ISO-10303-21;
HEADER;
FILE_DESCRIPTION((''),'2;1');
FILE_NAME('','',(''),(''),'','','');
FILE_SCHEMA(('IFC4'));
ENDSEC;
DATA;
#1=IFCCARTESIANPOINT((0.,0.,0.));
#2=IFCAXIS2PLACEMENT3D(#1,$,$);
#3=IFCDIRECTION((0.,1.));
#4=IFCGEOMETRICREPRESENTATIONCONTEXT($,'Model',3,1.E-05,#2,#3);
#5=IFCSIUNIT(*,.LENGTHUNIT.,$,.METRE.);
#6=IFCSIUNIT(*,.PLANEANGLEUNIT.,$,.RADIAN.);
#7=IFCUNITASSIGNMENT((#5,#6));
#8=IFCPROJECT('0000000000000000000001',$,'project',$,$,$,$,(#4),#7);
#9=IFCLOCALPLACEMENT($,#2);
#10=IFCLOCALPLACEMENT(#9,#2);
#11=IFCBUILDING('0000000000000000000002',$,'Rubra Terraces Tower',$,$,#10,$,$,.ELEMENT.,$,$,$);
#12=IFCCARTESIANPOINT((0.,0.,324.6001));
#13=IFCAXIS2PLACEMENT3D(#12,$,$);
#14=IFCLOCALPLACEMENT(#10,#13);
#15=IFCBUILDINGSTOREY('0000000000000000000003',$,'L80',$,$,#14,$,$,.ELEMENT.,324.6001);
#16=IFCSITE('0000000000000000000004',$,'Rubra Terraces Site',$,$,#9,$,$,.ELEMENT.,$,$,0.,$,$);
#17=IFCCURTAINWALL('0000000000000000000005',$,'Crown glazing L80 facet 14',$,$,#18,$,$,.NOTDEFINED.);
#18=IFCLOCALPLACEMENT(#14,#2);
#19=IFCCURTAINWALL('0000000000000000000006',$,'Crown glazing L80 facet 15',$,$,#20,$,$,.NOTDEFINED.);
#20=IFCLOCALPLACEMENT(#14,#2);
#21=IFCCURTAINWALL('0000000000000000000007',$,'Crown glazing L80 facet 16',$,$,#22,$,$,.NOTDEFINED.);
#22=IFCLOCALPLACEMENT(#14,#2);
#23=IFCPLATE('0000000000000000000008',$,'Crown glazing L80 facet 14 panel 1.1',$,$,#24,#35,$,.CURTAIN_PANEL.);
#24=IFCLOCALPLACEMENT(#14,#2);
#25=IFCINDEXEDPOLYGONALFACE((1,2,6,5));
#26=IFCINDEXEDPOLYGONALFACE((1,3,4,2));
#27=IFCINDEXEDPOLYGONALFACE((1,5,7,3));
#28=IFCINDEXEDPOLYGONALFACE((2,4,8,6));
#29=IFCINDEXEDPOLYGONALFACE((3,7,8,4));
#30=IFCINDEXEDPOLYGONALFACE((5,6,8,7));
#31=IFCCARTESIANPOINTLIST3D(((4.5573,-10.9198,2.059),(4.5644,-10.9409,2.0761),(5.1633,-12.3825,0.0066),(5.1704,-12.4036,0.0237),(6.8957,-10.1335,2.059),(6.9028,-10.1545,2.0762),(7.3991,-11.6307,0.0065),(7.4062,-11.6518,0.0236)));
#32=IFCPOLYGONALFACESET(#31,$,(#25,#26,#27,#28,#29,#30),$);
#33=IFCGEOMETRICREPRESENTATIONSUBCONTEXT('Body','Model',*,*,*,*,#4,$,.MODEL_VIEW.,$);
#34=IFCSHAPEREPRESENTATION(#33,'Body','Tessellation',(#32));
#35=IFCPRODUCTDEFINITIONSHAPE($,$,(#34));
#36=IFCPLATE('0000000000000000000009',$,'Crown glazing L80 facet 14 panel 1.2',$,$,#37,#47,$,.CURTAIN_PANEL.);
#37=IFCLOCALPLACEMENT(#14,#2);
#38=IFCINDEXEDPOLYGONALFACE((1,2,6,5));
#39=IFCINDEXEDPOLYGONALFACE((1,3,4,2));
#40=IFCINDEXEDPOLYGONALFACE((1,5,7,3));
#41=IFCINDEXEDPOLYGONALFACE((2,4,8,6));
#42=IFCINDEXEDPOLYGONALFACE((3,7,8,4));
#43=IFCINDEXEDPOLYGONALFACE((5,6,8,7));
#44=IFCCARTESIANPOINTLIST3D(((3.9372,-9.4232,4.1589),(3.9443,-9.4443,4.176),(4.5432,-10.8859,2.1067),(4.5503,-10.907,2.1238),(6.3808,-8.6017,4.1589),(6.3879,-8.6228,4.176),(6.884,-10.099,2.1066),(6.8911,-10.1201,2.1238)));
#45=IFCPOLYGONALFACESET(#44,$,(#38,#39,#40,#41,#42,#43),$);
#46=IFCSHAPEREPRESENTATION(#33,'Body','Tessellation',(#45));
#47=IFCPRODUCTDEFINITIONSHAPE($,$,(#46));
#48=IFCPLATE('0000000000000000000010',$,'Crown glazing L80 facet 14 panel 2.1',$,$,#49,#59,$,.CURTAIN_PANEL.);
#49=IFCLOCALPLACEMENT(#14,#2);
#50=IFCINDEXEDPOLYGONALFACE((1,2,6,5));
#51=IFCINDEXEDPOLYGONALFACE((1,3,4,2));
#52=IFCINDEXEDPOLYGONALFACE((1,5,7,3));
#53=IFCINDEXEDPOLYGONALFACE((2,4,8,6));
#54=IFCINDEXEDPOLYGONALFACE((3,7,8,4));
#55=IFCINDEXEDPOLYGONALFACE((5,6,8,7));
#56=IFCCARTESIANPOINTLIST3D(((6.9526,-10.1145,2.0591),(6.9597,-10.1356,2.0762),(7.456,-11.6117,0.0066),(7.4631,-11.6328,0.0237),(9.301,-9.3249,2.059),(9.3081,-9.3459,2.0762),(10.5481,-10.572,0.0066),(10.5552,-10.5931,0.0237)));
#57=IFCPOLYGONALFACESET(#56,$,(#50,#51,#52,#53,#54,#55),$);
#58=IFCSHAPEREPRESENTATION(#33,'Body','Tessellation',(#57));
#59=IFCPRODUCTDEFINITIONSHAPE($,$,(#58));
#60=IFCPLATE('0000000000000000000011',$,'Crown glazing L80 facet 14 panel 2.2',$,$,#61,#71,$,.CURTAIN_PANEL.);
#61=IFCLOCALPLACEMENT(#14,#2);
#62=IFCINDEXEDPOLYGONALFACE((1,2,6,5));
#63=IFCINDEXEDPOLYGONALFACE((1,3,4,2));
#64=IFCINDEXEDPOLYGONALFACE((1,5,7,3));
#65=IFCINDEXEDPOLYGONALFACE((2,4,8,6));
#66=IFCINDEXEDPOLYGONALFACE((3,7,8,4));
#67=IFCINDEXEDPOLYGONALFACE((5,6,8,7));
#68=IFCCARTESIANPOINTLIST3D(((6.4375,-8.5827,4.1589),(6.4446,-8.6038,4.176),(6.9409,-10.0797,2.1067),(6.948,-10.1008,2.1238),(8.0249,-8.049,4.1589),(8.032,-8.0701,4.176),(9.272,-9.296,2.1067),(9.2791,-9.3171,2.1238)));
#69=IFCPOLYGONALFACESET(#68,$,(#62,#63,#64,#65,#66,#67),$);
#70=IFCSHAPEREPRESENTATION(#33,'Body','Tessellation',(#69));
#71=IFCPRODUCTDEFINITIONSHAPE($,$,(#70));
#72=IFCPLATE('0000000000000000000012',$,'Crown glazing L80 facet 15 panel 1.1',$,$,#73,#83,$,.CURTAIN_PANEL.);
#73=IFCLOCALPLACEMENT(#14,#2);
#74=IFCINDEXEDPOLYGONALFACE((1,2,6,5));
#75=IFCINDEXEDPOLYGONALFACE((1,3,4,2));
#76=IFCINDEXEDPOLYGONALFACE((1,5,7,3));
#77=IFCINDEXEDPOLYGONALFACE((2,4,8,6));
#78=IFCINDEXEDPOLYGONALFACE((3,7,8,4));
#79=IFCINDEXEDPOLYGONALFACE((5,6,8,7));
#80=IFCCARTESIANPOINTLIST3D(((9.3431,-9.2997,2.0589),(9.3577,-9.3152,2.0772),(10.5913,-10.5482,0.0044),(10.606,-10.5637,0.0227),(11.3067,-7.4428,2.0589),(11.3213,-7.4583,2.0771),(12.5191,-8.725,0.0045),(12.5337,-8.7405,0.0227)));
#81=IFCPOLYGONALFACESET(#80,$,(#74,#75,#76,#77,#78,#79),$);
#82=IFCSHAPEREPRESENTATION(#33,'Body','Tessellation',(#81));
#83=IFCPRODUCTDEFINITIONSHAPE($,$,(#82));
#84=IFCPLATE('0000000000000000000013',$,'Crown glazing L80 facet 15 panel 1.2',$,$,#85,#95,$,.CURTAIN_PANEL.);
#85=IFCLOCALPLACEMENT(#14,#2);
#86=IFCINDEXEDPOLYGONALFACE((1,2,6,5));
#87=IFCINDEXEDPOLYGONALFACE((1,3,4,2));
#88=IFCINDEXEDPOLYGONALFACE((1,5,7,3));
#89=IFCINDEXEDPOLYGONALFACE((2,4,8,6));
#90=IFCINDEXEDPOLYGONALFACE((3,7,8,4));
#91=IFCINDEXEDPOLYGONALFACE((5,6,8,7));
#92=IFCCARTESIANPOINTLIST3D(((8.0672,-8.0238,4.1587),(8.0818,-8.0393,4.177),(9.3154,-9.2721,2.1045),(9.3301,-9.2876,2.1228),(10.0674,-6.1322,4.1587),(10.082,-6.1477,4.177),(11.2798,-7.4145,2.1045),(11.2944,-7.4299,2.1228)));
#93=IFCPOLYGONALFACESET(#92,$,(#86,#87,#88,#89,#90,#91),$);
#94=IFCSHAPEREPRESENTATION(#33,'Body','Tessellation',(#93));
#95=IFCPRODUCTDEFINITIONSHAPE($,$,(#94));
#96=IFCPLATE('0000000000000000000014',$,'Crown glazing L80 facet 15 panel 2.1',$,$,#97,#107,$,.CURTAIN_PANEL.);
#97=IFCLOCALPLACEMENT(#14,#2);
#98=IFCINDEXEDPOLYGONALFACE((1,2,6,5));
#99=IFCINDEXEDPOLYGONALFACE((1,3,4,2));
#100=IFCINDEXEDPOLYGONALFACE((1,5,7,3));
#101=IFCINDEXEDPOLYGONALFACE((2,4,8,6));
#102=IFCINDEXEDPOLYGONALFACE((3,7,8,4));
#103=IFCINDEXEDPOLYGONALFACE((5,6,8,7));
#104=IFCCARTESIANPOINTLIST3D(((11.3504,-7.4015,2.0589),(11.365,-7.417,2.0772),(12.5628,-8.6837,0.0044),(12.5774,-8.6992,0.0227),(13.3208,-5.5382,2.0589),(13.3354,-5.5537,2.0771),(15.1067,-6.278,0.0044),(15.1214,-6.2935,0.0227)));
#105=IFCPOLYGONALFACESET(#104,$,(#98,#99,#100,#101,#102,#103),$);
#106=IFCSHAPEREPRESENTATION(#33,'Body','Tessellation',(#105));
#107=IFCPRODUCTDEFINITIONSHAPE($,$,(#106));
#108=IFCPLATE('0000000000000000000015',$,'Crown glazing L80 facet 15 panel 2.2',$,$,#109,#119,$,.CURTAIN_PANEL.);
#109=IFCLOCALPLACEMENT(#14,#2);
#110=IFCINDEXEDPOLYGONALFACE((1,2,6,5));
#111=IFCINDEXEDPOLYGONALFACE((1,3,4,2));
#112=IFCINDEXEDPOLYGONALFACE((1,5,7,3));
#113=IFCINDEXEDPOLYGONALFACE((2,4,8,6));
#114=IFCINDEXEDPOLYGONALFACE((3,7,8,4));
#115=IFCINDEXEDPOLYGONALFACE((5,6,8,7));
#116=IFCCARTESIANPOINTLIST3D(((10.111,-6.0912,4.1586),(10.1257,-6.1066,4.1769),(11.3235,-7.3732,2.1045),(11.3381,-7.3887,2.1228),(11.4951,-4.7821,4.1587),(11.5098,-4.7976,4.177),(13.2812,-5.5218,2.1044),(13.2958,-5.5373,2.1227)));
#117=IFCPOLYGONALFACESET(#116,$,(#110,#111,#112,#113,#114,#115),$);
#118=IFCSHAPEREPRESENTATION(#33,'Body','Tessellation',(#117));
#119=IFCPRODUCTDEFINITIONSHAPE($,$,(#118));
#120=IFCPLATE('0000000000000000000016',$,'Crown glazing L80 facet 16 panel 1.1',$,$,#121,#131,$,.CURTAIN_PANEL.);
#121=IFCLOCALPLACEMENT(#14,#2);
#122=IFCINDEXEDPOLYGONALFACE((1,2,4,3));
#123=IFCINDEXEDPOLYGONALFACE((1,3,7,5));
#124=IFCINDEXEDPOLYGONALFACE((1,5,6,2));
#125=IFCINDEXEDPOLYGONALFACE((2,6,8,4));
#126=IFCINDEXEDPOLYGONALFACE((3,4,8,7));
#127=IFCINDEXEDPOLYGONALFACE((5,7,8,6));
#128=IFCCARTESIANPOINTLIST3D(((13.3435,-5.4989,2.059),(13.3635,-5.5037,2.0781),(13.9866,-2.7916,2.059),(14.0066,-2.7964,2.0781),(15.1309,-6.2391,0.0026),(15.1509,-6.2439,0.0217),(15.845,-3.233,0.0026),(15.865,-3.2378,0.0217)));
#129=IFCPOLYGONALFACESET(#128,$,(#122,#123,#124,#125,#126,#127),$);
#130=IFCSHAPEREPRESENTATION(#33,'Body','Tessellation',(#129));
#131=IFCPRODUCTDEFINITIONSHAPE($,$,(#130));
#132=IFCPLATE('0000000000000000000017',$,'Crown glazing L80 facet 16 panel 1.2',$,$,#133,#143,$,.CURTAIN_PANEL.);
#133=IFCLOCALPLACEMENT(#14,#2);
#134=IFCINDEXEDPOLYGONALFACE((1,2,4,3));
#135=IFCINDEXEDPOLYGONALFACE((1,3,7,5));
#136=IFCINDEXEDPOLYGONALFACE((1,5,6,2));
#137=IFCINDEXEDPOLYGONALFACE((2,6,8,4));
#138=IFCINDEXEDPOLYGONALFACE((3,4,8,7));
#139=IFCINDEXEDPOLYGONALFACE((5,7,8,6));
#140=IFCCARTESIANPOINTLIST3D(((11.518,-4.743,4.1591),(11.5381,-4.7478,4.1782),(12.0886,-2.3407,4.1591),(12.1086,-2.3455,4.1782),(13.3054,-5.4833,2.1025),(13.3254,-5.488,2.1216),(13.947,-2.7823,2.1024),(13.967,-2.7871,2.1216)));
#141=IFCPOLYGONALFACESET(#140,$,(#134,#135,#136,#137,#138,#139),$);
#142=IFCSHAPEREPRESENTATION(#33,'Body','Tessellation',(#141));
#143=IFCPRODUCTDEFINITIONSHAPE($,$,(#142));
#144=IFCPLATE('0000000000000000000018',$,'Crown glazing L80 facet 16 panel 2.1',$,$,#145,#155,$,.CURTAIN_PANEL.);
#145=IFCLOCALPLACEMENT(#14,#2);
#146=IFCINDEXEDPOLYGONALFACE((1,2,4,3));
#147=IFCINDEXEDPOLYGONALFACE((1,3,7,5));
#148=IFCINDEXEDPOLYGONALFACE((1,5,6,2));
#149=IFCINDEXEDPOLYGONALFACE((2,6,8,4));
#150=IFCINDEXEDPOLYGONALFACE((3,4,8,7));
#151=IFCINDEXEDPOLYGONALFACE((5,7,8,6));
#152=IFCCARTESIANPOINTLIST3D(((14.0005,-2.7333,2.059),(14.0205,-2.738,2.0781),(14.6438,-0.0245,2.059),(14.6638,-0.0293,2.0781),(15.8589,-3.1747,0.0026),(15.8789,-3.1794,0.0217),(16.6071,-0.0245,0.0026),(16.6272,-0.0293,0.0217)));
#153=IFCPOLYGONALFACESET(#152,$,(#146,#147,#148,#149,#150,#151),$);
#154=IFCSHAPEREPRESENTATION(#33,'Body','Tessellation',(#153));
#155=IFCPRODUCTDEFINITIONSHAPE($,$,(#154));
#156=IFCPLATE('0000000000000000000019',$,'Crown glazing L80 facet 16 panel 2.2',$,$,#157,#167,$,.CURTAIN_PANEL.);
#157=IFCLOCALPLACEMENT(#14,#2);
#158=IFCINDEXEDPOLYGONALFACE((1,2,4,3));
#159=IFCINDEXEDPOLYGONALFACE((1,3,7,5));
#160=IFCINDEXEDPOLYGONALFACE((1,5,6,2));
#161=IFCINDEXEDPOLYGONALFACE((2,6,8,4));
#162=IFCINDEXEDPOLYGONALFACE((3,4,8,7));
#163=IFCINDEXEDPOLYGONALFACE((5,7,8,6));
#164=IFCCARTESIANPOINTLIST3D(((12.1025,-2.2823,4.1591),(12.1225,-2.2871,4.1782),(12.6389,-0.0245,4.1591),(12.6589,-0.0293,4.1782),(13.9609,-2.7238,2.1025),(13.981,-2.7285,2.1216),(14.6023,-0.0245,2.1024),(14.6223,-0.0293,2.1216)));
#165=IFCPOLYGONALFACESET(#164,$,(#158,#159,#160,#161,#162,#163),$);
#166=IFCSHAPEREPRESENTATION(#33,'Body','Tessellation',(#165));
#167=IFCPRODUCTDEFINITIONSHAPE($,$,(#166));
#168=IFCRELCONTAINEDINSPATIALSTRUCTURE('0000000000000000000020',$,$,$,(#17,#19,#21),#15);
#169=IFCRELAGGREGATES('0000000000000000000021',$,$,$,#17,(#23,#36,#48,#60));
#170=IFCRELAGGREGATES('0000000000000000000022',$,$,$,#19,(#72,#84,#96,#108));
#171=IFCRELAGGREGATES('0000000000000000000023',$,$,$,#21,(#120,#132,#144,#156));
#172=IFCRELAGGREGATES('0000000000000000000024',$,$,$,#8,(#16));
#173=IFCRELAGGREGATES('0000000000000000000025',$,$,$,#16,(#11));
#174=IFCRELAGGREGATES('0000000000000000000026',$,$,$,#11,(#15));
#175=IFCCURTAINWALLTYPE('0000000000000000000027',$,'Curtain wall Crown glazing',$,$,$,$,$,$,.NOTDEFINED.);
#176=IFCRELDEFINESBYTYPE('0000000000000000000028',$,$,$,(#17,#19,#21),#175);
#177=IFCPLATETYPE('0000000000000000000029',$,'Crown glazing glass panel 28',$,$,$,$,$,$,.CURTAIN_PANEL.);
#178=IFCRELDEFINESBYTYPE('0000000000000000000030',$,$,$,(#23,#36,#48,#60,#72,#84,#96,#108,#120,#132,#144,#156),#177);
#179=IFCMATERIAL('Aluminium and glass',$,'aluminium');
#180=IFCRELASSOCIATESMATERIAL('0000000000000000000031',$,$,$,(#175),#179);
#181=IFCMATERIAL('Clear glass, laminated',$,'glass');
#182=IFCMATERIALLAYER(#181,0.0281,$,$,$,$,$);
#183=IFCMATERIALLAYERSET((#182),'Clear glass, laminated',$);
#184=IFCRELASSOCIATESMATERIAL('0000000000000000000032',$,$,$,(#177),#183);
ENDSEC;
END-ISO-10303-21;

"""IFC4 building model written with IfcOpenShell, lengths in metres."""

from ifc_helpers import new_model, si_unit, direction, frame, origin, place, context, subcontext, project, spatial, polyline, outline, extrude, material, layer, layer_set, type_object, element, aggregate, save


model = new_model("IFC4")

# Units and contexts
model_context = context("Model", 3, precision=1e-05, world=origin(), true_north=direction((0.0, 1.0)))
body_context = subcontext(model_context, "Body", "Model", "MODEL_VIEW")
ifc_project = project(units=[si_unit("LENGTHUNIT", "METRE"), si_unit("PLANEANGLEUNIT", "RADIAN")], contexts=[model_context])

# Site, building, storey
site_placement = place(None, origin())
site = spatial("IfcSite", under=ifc_project, at=site_placement, Name="Rubra Terraces Site", CompositionType="ELEMENT", RefElevation=0.0)
building_placement = place(site_placement, origin())
building = spatial("IfcBuilding", under=site, at=building_placement, Name="Rubra Terraces Tower", CompositionType="ELEMENT")
storey_placement = place(building_placement, frame((0.0, 0.0, 324.6001)))
storey = spatial("IfcBuildingStorey", under=building, at=storey_placement, Name="L80", CompositionType="ELEMENT", Elevation=324.6001)

# Curtain walls
ifc_material_1 = material(Name="Aluminium and glass", Category="aluminium")
curtain_wall_type = type_object("IfcCurtainWallType", Name="Curtain wall Crown glazing", PredefinedType="NOTDEFINED", material=ifc_material_1)
curtain_wall_1_placement = place(storey_placement, origin())
curtain_wall_1 = element("IfcCurtainWall", 1, at=curtain_wall_1_placement, inside=storey, type_object=curtain_wall_type, Name="Crown glazing L80 facet 14", PredefinedType="NOTDEFINED")
curtain_wall_2_placement = place(storey_placement, origin())
curtain_wall_2 = element("IfcCurtainWall", 2, at=curtain_wall_2_placement, inside=storey, type_object=curtain_wall_type, Name="Crown glazing L80 facet 15", PredefinedType="NOTDEFINED")
curtain_wall_3_placement = place(storey_placement, origin())
curtain_wall_3 = element("IfcCurtainWall", 3, at=curtain_wall_3_placement, inside=storey, type_object=curtain_wall_type, Name="Crown glazing L80 facet 16", PredefinedType="NOTDEFINED")

# Plates
ifc_material_2 = material(Name="Clear glass, laminated", Category="glass")
ifc_layer = layer(ifc_material_2, 0.0281)
ifc_layer_set = layer_set([ifc_layer], Name="Clear glass, laminated")
plate_type = type_object("IfcPlateType", Name="Crown glazing glass panel 28", PredefinedType="CURTAIN_PANEL", material=ifc_layer_set)
plate_1_placement = place(storey_placement, frame((5.1704, -12.4036, 0.0237), z_axis=(0.252577, -0.751156, 0.609892), x_axis=(0.947855, 0.318702, -0.000018)))
plate_1 = element("IfcPlate", 4, at=plate_1_placement, type_object=plate_type, Name="Crown glazing L80 facet 14 panel 1.1", PredefinedType="CURTAIN_PANEL", context=body_context, shape_type="SweptSolid", body=[
    extrude(outline(polyline([(0.0, 0.0), (2.3588, 0.0), (2.3588, 2.59), (-0.1082, 2.5899), (0.0, 0.0)])), origin(), (0.0, 0.0, -1.0), 0.0281),
])
plate_2_placement = place(storey_placement, frame((4.5503, -10.907, 2.1238), z_axis=(0.252516, -0.751148, 0.609928), x_axis=(0.947875, 0.318642, -0.000011)))
plate_2 = element("IfcPlate", 5, at=plate_2_placement, type_object=plate_type, Name="Crown glazing L80 facet 14 panel 1.2", PredefinedType="CURTAIN_PANEL", context=body_context, shape_type="SweptSolid", body=[
    extrude(outline(polyline([(0.0, 0.0), (2.4695, 0.0), (2.4697, 2.5898), (-0.1083, 2.5897), (0.0, 0.0)])), origin(), (0.0, 0.0, -1.0), 0.0281),
])
plate_3_placement = place(storey_placement, frame((7.4631, -11.6328, 0.0237), z_axis=(0.252577, -0.751157, 0.609892), x_axis=(0.947847, 0.318725, 0.000013)))
plate_3 = element("IfcPlate", 6, at=plate_3_placement, type_object=plate_type, Name="Crown glazing L80 facet 14 panel 2.1", PredefinedType="CURTAIN_PANEL", context=body_context, shape_type="SweptSolid", body=[
    extrude(outline(polyline([(0.0, 0.0), (3.2622, 0.0), (2.4777, 2.5899), (0.0001, 2.59), (0.0, 0.0)])), origin(), (0.0, 0.0, -1.0), 0.0281),
])
plate_4_placement = place(storey_placement, frame((6.948, -10.1008, 2.1238), z_axis=(0.252539, -0.751159, 0.609905), x_axis=(0.947866, 0.318671, -0.000001)))
plate_4 = element("IfcPlate", 7, at=plate_4_placement, type_object=plate_type, Name="Crown glazing L80 facet 14 panel 2.2", PredefinedType="CURTAIN_PANEL", context=body_context, shape_type="SweptSolid", body=[
    extrude(outline(polyline([(0.0, 0.0), (2.4593, 0.0), (1.6746, 2.5897), (-0.0001, 2.5897), (0.0, 0.0)])), origin(), (0.0, 0.0, -1.0), 0.0281),
])
aggregate(curtain_wall_1, [plate_1, plate_2, plate_3, plate_4])
plate_5_placement = place(storey_placement, frame((10.606, -10.5637, 0.0227), z_axis=(0.521222, -0.551131, 0.6516), x_axis=(0.726537, 0.687128, 0.000017)))
plate_5 = element("IfcPlate", 8, at=plate_5_placement, type_object=plate_type, Name="Crown glazing L80 facet 15 panel 1.1", PredefinedType="CURTAIN_PANEL", context=body_context, shape_type="SweptSolid", body=[
    extrude(outline(polyline([(0.0, 0.0), (2.6534, 0.0), (2.6536, 2.7083), (-0.049, 2.7084), (0.0, 0.0)])), origin(), (0.0, 0.0, -1.0), 0.0281),
])
plate_6_placement = place(storey_placement, frame((9.3301, -9.2876, 2.1228), z_axis=(0.521194, -0.551128, 0.651625), x_axis=(0.726562, 0.6871, 0.0)))
plate_6 = element("IfcPlate", 9, at=plate_6_placement, type_object=plate_type, Name="Crown glazing L80 facet 15 panel 1.2", PredefinedType="CURTAIN_PANEL", context=body_context, shape_type="SweptSolid", body=[
    extrude(outline(polyline([(0.0, 0.0), (2.7036, 0.0), (2.7038, 2.7081), (-0.0493, 2.7081), (0.0, 0.0)])), origin(), (0.0, 0.0, -1.0), 0.0281),
])
plate_7_placement = place(storey_placement, frame((12.5774, -8.6992, 0.0227), z_axis=(0.521217, -0.551174, 0.651568), x_axis=(0.726571, 0.687091, 0.000008)))
plate_7 = element("IfcPlate", 10, at=plate_7_placement, type_object=plate_type, Name="Crown glazing L80 facet 15 panel 2.1", PredefinedType="CURTAIN_PANEL", context=body_context, shape_type="SweptSolid", body=[
    extrude(outline(polyline([(0.0, 0.0), (3.5013, 0.0), (2.7121, 2.7082), (0.0001, 2.7083), (0.0, 0.0)])), origin(), (0.0, 0.0, -1.0), 0.0281),
])
plate_8_placement = place(storey_placement, frame((11.3381, -7.3887, 2.1228), z_axis=(0.52121, -0.551125, 0.651614), x_axis=(0.726565, 0.687098, -0.000023)))
plate_8 = element("IfcPlate", 11, at=plate_8_placement, type_object=plate_type, Name="Crown glazing L80 facet 15 panel 2.2", PredefinedType="CURTAIN_PANEL", context=body_context, shape_type="SweptSolid", body=[
    extrude(outline(polyline([(0.0, 0.0), (2.6945, 0.0), (1.905, 2.7081), (-0.0001, 2.708), (0.0, 0.0)])), origin(), (0.0, 0.0, -1.0), 0.0281),
])
aggregate(curtain_wall_2, [plate_5, plate_6, plate_7, plate_8])
plate_9_placement = place(storey_placement, frame((15.1509, -6.2439, 0.0217), z_axis=(0.712858, -0.169335, 0.680558), x_axis=(0.231117, 0.972926, -0.000005)))
plate_9 = element("IfcPlate", 12, at=plate_9_placement, type_object=plate_type, Name="Crown glazing L80 facet 16 panel 1.1", PredefinedType="CURTAIN_PANEL", context=body_context, shape_type="SweptSolid", body=[
    extrude(outline(polyline([(0.0, 0.0), (3.0898, 0.0), (3.0897, 2.8066), (0.3071, 2.8066), (0.0, 0.0)])), origin(), (0.0, 0.0, -1.0), 0.0281),
])
plate_10_placement = place(storey_placement, frame((13.3254, -5.488, 2.1216), z_axis=(0.712895, -0.169331, 0.68052), x_axis=(0.231106, 0.972929, -0.000011)))
plate_10 = element("IfcPlate", 13, at=plate_10_placement, type_object=plate_type, Name="Crown glazing L80 facet 16 panel 1.2", PredefinedType="CURTAIN_PANEL", context=body_context, shape_type="SweptSolid", body=[
    extrude(outline(polyline([(0.0, 0.0), (2.7761, 0.0), (2.7763, 2.8069), (0.3071, 2.8068), (0.0, 0.0)])), origin(), (0.0, 0.0, -1.0), 0.0281),
])
plate_11_placement = place(storey_placement, frame((15.8789, -3.1794, 0.0217), z_axis=(0.712845, -0.169315, 0.680577), x_axis=(0.2311, 0.97293, -0.00001)))
plate_11 = element("IfcPlate", 14, at=plate_11_placement, type_object=plate_type, Name="Crown glazing L80 facet 16 panel 2.1", PredefinedType="CURTAIN_PANEL", context=body_context, shape_type="SweptSolid", body=[
    extrude(outline(polyline([(0.0, 0.0), (3.2378, 0.0), (2.784, 2.8067), (0.0, 2.8066), (0.0, 0.0)])), origin(), (0.0, 0.0, -1.0), 0.0281),
])
plate_12_placement = place(storey_placement, frame((13.981, -2.7285, 2.1216), z_axis=(0.712876, -0.169371, 0.680531), x_axis=(0.231163, 0.972915, -0.000009)))
plate_12 = element("IfcPlate", 15, at=plate_12_placement, type_object=plate_type, Name="Crown glazing L80 facet 16 panel 2.2", PredefinedType="CURTAIN_PANEL", context=body_context, shape_type="SweptSolid", body=[
    extrude(outline(polyline([(0.0, 0.0), (2.7744, 0.0), (2.3205, 2.8069), (-0.0002, 2.8068), (0.0, 0.0)])), origin(), (0.0, 0.0, -1.0), 0.0281),
])
aggregate(curtain_wall_3, [plate_9, plate_10, plate_11, plate_12])

save(model, "model.ifc")
